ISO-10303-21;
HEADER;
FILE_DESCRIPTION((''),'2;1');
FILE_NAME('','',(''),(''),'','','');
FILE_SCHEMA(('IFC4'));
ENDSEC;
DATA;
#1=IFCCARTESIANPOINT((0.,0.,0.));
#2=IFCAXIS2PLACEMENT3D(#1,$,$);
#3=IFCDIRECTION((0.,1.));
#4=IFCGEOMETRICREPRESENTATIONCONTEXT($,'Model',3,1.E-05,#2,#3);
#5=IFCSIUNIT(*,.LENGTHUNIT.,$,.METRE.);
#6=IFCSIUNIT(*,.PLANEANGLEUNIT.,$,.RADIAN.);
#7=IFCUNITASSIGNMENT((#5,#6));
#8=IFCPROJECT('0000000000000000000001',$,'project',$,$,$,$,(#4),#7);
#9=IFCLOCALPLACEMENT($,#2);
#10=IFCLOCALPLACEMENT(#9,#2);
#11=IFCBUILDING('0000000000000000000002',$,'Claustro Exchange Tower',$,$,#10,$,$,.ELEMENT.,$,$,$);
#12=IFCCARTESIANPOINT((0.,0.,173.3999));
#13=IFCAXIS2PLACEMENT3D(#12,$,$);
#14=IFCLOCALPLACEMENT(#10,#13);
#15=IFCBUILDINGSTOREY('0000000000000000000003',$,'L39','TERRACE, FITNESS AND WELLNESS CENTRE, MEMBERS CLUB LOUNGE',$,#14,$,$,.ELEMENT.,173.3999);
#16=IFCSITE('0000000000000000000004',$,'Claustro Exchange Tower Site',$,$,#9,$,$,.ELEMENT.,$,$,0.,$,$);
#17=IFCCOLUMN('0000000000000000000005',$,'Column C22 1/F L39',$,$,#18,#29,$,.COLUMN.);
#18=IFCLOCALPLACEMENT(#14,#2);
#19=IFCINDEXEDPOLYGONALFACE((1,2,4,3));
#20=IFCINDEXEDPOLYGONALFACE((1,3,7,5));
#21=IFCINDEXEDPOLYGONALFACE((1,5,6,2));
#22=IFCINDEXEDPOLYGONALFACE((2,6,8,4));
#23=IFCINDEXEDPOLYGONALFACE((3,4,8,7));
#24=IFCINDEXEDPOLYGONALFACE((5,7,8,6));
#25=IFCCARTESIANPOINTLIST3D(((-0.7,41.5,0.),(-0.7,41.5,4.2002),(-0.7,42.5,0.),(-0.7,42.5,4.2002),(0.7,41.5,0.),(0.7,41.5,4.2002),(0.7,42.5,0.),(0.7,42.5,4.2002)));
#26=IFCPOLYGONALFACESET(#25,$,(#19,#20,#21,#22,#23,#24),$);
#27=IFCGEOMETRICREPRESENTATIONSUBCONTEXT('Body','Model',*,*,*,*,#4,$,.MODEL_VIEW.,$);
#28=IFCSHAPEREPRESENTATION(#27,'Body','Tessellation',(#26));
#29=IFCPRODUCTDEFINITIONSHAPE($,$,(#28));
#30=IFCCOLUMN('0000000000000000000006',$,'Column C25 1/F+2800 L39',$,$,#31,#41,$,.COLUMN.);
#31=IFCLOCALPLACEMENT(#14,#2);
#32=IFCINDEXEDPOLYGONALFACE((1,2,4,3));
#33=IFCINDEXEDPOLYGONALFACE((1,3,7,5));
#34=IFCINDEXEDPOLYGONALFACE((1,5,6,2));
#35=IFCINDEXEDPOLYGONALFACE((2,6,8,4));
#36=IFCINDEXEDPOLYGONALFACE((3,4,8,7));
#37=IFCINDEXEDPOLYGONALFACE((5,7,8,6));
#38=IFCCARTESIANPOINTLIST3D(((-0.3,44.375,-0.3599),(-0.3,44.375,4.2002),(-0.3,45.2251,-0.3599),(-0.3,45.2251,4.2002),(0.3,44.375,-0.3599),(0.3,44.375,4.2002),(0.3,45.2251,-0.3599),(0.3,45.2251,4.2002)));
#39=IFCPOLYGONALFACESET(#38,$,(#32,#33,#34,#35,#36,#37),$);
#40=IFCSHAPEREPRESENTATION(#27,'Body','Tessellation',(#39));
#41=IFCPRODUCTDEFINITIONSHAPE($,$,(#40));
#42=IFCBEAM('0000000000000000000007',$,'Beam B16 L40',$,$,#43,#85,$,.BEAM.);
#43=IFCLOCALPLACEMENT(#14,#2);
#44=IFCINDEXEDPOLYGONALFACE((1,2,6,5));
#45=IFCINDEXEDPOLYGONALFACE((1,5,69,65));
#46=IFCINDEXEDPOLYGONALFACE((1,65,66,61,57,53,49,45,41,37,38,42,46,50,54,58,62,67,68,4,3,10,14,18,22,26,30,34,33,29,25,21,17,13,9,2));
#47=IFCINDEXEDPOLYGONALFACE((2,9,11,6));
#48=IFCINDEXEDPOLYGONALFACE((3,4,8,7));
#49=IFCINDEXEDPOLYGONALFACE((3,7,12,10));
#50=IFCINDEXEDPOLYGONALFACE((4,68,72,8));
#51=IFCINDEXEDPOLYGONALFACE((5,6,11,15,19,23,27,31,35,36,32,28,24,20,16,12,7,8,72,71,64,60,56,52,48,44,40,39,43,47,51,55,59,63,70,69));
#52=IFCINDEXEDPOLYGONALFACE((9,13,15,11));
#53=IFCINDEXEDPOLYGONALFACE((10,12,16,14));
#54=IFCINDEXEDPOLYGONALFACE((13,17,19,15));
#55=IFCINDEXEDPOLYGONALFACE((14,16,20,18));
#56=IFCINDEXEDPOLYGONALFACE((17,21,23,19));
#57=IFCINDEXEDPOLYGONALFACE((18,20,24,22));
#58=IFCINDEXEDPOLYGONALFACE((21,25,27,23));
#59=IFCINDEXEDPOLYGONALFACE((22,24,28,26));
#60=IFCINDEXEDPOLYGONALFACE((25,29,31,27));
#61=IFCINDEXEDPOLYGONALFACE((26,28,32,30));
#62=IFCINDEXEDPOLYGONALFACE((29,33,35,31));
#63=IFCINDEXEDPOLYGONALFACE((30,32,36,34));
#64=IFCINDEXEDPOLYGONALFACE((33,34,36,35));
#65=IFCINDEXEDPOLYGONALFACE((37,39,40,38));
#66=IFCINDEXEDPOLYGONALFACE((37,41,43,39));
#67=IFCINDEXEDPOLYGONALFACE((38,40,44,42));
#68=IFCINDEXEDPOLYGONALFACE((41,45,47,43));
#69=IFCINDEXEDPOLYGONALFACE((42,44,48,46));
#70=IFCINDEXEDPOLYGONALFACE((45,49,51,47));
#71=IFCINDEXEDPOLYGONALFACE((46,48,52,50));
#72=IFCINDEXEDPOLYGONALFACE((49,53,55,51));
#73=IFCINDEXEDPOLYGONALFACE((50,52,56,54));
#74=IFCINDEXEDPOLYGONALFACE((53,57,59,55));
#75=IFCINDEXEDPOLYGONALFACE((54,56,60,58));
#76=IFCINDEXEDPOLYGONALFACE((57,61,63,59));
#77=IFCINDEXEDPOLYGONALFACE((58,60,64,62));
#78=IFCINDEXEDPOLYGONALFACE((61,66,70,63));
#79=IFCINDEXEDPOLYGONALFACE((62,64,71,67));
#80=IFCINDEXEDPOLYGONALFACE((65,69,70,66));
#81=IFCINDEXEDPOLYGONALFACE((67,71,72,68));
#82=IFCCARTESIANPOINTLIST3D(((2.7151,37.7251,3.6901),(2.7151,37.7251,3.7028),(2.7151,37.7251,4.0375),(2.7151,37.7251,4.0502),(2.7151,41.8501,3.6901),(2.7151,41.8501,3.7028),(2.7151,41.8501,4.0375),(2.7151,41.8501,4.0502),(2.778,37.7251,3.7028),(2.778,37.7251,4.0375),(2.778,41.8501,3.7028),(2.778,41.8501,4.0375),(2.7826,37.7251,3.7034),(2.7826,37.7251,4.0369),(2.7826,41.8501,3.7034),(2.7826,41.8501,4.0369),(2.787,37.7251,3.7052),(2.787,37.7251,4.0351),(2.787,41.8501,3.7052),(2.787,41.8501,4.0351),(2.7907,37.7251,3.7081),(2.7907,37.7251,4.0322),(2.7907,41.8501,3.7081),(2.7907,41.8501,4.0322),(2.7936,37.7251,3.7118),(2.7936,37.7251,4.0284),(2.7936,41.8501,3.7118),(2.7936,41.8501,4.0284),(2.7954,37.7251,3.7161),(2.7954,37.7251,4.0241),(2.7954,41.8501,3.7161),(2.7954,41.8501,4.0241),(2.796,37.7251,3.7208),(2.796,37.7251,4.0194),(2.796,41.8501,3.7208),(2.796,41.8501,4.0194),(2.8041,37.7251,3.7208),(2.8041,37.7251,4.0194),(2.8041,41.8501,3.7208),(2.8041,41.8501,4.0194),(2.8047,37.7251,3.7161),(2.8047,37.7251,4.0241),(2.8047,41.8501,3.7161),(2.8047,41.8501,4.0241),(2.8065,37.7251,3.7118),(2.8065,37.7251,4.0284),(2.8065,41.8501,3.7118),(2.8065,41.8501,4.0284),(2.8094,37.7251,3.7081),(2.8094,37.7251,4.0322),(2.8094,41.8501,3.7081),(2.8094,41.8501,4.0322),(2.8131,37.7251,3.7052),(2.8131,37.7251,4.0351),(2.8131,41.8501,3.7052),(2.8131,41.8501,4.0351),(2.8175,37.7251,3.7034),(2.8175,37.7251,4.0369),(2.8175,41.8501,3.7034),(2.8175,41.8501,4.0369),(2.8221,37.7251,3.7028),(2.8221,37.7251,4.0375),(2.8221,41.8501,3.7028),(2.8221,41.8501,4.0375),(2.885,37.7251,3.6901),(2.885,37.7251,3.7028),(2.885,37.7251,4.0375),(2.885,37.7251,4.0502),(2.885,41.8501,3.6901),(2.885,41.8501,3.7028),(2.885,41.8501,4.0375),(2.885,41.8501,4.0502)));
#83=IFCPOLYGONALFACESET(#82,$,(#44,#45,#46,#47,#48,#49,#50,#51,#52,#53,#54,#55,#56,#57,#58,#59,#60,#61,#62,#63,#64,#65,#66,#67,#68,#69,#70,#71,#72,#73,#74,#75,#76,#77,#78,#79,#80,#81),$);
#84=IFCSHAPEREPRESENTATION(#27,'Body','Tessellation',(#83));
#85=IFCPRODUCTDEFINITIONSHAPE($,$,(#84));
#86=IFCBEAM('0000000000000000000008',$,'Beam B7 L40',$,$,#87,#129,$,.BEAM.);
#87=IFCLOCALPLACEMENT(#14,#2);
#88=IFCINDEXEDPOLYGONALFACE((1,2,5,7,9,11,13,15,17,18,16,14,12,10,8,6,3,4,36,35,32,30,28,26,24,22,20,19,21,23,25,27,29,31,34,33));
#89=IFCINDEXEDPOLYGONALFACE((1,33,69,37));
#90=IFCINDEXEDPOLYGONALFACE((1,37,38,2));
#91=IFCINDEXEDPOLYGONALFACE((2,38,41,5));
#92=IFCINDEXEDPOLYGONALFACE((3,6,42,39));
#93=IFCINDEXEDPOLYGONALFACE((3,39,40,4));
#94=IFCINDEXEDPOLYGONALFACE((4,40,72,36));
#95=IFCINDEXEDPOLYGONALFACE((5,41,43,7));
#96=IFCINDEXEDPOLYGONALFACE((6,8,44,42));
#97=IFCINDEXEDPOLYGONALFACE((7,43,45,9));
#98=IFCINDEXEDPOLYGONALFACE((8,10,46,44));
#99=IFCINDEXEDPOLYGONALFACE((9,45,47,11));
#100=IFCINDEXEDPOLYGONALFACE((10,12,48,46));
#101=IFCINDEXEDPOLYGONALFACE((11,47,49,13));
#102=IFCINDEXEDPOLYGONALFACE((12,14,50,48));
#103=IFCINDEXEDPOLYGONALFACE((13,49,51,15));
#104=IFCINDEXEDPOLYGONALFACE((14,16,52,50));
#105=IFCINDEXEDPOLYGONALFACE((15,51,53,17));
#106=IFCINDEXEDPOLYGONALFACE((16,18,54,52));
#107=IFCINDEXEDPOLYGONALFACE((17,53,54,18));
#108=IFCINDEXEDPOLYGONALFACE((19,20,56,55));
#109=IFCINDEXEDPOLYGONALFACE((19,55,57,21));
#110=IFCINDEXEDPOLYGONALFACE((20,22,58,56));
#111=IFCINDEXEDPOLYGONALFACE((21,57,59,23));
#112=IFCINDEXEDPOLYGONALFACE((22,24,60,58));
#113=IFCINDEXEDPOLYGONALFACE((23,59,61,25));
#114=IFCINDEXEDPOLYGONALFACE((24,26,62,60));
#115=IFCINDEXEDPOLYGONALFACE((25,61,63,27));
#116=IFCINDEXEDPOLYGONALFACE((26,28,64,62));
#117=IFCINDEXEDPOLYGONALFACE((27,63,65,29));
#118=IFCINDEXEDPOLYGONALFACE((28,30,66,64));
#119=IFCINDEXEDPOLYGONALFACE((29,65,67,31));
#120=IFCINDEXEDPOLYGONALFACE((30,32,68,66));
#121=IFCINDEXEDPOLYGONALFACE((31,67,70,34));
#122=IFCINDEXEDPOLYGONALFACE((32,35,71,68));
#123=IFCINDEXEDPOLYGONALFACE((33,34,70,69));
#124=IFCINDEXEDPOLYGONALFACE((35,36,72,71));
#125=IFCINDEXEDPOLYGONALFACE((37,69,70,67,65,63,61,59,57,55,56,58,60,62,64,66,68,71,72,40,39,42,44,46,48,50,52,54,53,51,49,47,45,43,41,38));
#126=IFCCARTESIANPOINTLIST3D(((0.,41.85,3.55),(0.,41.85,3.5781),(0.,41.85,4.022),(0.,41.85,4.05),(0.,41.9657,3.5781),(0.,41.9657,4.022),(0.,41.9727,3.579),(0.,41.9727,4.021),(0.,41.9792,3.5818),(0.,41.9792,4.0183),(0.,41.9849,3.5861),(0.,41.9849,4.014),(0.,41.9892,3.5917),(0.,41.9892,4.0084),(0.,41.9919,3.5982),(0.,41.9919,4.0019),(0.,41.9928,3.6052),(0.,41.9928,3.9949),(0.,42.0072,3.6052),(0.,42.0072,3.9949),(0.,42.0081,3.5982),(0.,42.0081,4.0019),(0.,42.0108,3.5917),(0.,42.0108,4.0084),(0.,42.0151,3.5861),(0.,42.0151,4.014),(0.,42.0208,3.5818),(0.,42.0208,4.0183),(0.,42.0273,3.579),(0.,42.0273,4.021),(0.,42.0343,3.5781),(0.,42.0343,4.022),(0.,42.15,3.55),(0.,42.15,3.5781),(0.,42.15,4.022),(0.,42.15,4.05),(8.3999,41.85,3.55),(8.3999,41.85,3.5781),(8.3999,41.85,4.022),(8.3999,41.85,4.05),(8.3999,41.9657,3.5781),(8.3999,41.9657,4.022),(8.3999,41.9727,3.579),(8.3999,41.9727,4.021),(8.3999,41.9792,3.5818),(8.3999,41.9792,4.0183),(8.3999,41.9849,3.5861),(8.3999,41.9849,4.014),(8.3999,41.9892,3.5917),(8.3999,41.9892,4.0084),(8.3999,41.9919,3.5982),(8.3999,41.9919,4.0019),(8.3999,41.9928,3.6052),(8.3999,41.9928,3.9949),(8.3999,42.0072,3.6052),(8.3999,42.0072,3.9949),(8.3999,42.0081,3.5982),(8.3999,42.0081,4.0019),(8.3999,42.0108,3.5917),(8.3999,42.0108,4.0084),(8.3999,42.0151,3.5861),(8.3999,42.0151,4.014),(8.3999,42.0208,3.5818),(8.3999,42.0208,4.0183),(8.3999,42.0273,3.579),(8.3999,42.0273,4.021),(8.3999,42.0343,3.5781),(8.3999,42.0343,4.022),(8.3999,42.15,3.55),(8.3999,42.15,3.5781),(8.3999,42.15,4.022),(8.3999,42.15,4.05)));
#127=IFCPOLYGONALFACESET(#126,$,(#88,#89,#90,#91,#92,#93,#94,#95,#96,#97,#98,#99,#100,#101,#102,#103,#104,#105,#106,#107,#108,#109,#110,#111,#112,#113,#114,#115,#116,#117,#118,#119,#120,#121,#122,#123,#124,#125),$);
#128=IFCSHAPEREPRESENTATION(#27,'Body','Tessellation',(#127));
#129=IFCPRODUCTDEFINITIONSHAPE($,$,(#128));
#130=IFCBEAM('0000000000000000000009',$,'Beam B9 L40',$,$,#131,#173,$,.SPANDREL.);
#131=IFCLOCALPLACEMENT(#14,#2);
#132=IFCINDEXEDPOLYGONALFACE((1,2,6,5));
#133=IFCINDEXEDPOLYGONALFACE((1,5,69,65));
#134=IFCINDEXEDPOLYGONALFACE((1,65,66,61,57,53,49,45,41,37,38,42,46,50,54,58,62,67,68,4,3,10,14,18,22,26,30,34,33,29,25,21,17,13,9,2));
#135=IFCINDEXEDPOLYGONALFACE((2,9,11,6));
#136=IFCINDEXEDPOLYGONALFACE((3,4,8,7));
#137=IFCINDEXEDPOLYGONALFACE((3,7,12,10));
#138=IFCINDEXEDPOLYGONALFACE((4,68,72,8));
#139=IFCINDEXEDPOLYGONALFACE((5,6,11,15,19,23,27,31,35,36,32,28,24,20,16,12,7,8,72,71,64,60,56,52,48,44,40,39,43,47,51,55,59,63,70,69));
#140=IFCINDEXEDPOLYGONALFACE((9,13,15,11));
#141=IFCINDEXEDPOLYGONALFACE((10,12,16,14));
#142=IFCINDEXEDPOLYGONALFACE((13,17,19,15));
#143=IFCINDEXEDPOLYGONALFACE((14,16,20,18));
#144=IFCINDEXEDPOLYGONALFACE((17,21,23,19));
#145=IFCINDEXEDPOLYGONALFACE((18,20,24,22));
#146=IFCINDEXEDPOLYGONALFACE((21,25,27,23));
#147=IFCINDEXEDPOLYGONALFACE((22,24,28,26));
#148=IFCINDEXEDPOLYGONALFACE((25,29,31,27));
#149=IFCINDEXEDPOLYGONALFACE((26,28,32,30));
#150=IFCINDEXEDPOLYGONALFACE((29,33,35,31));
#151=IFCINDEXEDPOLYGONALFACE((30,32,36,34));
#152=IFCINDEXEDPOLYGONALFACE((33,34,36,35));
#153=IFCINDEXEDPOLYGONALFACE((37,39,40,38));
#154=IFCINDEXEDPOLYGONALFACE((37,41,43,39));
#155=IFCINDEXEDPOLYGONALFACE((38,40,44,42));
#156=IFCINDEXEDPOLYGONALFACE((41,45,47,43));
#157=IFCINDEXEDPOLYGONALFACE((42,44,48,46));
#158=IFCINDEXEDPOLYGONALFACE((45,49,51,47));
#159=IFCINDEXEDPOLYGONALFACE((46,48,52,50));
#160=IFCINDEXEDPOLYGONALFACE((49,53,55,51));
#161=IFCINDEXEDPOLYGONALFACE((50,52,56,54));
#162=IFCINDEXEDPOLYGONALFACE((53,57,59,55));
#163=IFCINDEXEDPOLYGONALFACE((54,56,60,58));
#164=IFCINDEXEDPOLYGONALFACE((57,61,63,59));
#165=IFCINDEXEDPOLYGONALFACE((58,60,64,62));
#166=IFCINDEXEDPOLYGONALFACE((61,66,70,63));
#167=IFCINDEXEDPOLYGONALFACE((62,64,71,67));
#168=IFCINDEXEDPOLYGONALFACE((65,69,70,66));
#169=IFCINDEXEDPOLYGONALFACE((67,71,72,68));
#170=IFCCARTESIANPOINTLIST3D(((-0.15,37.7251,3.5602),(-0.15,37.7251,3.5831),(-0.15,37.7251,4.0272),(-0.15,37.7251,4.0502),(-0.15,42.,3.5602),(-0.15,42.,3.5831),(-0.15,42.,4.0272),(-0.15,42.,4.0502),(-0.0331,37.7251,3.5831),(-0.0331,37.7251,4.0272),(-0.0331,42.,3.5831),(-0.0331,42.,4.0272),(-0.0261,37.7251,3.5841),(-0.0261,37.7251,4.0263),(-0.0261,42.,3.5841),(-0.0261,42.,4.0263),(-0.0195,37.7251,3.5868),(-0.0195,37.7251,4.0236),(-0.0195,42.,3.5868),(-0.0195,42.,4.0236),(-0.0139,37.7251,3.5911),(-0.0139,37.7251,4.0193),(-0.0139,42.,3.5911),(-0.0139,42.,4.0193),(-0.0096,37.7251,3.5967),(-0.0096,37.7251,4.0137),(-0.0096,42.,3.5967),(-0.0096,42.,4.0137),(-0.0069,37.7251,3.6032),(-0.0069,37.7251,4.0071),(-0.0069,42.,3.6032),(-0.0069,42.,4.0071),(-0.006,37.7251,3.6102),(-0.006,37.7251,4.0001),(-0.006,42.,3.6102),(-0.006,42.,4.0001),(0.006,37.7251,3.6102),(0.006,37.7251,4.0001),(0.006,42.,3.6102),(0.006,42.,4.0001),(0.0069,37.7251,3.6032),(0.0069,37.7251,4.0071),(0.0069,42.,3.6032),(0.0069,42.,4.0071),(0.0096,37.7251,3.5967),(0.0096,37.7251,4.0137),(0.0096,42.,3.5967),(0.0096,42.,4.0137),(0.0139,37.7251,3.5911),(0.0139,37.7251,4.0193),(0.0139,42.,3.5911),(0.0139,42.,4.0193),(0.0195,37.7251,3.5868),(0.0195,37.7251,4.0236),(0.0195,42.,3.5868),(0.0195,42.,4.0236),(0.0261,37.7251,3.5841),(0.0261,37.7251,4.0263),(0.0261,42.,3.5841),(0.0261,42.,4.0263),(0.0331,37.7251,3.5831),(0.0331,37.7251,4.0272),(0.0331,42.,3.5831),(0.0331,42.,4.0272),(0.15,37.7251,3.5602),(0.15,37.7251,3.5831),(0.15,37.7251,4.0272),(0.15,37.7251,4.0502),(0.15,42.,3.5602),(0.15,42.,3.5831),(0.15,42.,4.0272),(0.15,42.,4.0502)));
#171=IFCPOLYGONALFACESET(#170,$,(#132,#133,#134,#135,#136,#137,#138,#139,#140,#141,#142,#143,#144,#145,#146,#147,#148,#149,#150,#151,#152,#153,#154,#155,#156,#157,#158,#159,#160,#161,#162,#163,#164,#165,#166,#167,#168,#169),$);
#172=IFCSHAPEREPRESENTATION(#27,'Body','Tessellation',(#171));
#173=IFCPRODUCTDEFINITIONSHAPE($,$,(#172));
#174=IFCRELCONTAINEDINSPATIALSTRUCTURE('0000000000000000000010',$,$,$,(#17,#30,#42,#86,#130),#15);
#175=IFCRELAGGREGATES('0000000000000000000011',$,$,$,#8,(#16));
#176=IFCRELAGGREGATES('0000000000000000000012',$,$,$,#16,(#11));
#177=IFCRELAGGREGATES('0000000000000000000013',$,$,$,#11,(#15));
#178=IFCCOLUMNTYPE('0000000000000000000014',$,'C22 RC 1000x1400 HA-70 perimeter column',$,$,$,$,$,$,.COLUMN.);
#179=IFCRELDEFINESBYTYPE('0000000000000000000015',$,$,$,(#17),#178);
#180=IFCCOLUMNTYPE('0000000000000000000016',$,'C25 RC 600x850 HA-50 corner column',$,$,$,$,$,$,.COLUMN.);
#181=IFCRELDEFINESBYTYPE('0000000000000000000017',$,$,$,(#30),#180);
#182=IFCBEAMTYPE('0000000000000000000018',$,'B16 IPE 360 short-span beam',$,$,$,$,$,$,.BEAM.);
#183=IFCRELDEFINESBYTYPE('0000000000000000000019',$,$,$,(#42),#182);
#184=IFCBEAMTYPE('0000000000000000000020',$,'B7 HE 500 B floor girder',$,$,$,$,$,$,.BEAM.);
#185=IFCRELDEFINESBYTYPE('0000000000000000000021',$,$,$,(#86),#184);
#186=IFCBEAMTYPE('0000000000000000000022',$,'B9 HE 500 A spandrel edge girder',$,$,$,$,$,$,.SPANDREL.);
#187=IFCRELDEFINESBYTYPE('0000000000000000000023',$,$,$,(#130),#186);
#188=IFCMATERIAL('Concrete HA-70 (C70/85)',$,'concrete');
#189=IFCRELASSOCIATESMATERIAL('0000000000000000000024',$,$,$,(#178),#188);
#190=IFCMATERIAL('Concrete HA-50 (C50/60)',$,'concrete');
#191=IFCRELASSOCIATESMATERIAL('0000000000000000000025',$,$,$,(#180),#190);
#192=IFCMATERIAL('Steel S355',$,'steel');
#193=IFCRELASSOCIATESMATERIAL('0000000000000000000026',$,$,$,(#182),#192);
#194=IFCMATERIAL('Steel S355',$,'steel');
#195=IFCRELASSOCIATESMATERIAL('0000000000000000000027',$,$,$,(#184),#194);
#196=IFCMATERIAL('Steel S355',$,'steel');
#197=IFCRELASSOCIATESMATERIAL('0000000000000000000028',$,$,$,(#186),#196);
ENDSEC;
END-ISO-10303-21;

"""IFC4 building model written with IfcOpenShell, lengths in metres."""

from ifc_helpers import new_model, si_unit, direction, frame, origin, origin_2d, place, context, subcontext, project, spatial, rectangle, i_section, extrude, material, material_profile, profile_set, type_object, element, save


model = new_model("IFC4")

# Units and contexts
model_context = context("Model", 3, precision=1e-05, world=origin(), true_north=direction((0.0, 1.0)))
body_context = subcontext(model_context, "Body", "Model", "MODEL_VIEW")
ifc_project = project(units=[si_unit("LENGTHUNIT", "METRE"), si_unit("PLANEANGLEUNIT", "RADIAN")], contexts=[model_context])

# Site, building, storey
site_placement = place(None, origin())
site = spatial("IfcSite", under=ifc_project, at=site_placement, Name="Claustro Exchange Tower Site", CompositionType="ELEMENT", RefElevation=0.0)
building_placement = place(site_placement, origin())
building = spatial("IfcBuilding", under=site, at=building_placement, Name="Claustro Exchange Tower", CompositionType="ELEMENT")
storey_placement = place(building_placement, frame((0.0, 0.0, 173.3999)))
storey = spatial("IfcBuildingStorey", under=building, at=storey_placement, Name="L39", Description="TERRACE, FITNESS AND WELLNESS CENTRE, MEMBERS CLUB LOUNGE", CompositionType="ELEMENT", Elevation=173.3999)

# Columns
ifc_material_1 = material(Name="Concrete HA-70 (C70/85)", Category="concrete")
ifc_material_profile_1 = material_profile(ifc_material_1, rectangle(XDim=1.0, YDim=1.3999, at=origin_2d()), Name="RC 1000x1400")
ifc_profile_set_1 = profile_set([ifc_material_profile_1], Name="Concrete HA-70 (C70/85)")
column_type_1 = type_object("IfcColumnType", Name="C22 RC 1000x1400 HA-70 perimeter column", PredefinedType="COLUMN", material=ifc_profile_set_1)
column_1_placement = place(storey_placement, frame((0.0, 42.0, 0.0), z_axis=(0.0, 0.0, 1.0), x_axis=(0.0, 1.0, 0.0)))
element("IfcColumn", 1, at=column_1_placement, inside=storey, type_object=column_type_1, Name="Column C22 1/F L39", PredefinedType="COLUMN", context=body_context, shape_type="SweptSolid", body=[
    extrude(rectangle(XDim=1.0, YDim=1.3999, at=origin_2d()), origin(), (0.0, 0.0, 1.0), 4.2002),
])
ifc_material_2 = material(Name="Concrete HA-50 (C50/60)", Category="concrete")
ifc_material_profile_2 = material_profile(ifc_material_2, rectangle(XDim=0.6001, YDim=0.8501, at=origin_2d()), Name="RC 600x850")
ifc_profile_set_2 = profile_set([ifc_material_profile_2], Name="Concrete HA-50 (C50/60)")
column_type_2 = type_object("IfcColumnType", Name="C25 RC 600x850 HA-50 corner column", PredefinedType="COLUMN", material=ifc_profile_set_2)
column_2_placement = place(storey_placement, frame((0.0, 44.8, -0.3599), z_axis=(0.0, 0.0, 1.0), x_axis=(1.0, 0.0, 0.0)))
element("IfcColumn", 2, at=column_2_placement, inside=storey, type_object=column_type_2, Name="Column C25 1/F+2800 L39", PredefinedType="COLUMN", context=body_context, shape_type="SweptSolid", body=[
    extrude(rectangle(XDim=0.6001, YDim=0.8501, at=origin_2d()), origin(), (0.0, 0.0, 1.0), 4.5601),
])

# Beams
ifc_material_3 = material(Name="Steel S355", Category="steel")
ifc_material_profile_3 = material_profile(ifc_material_3, i_section(OverallWidth=0.1699, OverallDepth=0.3601, WebThickness=0.0081, FlangeThickness=0.0127, FilletRadius=0.0181, at=origin_2d()), Name="IPE 360")
ifc_profile_set_3 = profile_set([ifc_material_profile_3], Name="Steel S355")
beam_type_1 = type_object("IfcBeamType", Name="B16 IPE 360 short-span beam", PredefinedType="BEAM", material=ifc_profile_set_3)
beam_1_placement = place(storey_placement, frame((2.8, 37.7251, 3.8701), z_axis=(0.0, 1.0, 0.0), x_axis=(-1.0, 0.0, 0.0)))
element("IfcBeam", 3, at=beam_1_placement, inside=storey, type_object=beam_type_1, Name="Beam B16 L40", PredefinedType="BEAM", context=body_context, shape_type="SweptSolid", body=[
    extrude(i_section(OverallWidth=0.1699, OverallDepth=0.3601, WebThickness=0.0081, FlangeThickness=0.0127, FilletRadius=0.0181, at=origin_2d()), origin(), (0.0, 0.0, 1.0), 4.125),
])
ifc_material_4 = material(Name="Steel S355", Category="steel")
ifc_material_profile_4 = material_profile(ifc_material_4, i_section(OverallWidth=0.3, OverallDepth=0.5, WebThickness=0.0144, FlangeThickness=0.0281, FilletRadius=0.0271, at=origin_2d()), Name="HE 500 B")
ifc_profile_set_4 = profile_set([ifc_material_profile_4], Name="Steel S355")
beam_type_2 = type_object("IfcBeamType", Name="B7 HE 500 B floor girder", PredefinedType="BEAM", material=ifc_profile_set_4)
beam_2_placement = place(storey_placement, frame((0.0, 42.0, 3.8), z_axis=(1.0, 0.0, 0.0), x_axis=(0.0, 1.0, 0.0)))
element("IfcBeam", 4, at=beam_2_placement, inside=storey, type_object=beam_type_2, Name="Beam B7 L40", PredefinedType="BEAM", context=body_context, shape_type="SweptSolid", body=[
    extrude(i_section(OverallWidth=0.3, OverallDepth=0.5, WebThickness=0.0144, FlangeThickness=0.0281, FilletRadius=0.0271, at=origin_2d()), origin(), (0.0, 0.0, 1.0), 8.3999),
])
ifc_material_5 = material(Name="Steel S355", Category="steel")
ifc_material_profile_5 = material_profile(ifc_material_5, i_section(OverallWidth=0.3, OverallDepth=0.49, WebThickness=0.012, FlangeThickness=0.0229, FilletRadius=0.0271, at=origin_2d()), Name="HE 500 A")
ifc_profile_set_5 = profile_set([ifc_material_profile_5], Name="Steel S355")
beam_type_3 = type_object("IfcBeamType", Name="B9 HE 500 A spandrel edge girder", PredefinedType="SPANDREL", material=ifc_profile_set_5)
beam_3_placement = place(storey_placement, frame((0.0, 37.7251, 3.8052), z_axis=(0.0, 1.0, 0.0), x_axis=(-1.0, 0.0, 0.0)))
element("IfcBeam", 5, at=beam_3_placement, inside=storey, type_object=beam_type_3, Name="Beam B9 L40", PredefinedType="SPANDREL", context=body_context, shape_type="SweptSolid", body=[
    extrude(i_section(OverallWidth=0.3, OverallDepth=0.49, WebThickness=0.012, FlangeThickness=0.0229, FilletRadius=0.0271, at=origin_2d()), origin(), (0.0, 0.0, 1.0), 4.2749),
])

save(model, "model.ifc")
